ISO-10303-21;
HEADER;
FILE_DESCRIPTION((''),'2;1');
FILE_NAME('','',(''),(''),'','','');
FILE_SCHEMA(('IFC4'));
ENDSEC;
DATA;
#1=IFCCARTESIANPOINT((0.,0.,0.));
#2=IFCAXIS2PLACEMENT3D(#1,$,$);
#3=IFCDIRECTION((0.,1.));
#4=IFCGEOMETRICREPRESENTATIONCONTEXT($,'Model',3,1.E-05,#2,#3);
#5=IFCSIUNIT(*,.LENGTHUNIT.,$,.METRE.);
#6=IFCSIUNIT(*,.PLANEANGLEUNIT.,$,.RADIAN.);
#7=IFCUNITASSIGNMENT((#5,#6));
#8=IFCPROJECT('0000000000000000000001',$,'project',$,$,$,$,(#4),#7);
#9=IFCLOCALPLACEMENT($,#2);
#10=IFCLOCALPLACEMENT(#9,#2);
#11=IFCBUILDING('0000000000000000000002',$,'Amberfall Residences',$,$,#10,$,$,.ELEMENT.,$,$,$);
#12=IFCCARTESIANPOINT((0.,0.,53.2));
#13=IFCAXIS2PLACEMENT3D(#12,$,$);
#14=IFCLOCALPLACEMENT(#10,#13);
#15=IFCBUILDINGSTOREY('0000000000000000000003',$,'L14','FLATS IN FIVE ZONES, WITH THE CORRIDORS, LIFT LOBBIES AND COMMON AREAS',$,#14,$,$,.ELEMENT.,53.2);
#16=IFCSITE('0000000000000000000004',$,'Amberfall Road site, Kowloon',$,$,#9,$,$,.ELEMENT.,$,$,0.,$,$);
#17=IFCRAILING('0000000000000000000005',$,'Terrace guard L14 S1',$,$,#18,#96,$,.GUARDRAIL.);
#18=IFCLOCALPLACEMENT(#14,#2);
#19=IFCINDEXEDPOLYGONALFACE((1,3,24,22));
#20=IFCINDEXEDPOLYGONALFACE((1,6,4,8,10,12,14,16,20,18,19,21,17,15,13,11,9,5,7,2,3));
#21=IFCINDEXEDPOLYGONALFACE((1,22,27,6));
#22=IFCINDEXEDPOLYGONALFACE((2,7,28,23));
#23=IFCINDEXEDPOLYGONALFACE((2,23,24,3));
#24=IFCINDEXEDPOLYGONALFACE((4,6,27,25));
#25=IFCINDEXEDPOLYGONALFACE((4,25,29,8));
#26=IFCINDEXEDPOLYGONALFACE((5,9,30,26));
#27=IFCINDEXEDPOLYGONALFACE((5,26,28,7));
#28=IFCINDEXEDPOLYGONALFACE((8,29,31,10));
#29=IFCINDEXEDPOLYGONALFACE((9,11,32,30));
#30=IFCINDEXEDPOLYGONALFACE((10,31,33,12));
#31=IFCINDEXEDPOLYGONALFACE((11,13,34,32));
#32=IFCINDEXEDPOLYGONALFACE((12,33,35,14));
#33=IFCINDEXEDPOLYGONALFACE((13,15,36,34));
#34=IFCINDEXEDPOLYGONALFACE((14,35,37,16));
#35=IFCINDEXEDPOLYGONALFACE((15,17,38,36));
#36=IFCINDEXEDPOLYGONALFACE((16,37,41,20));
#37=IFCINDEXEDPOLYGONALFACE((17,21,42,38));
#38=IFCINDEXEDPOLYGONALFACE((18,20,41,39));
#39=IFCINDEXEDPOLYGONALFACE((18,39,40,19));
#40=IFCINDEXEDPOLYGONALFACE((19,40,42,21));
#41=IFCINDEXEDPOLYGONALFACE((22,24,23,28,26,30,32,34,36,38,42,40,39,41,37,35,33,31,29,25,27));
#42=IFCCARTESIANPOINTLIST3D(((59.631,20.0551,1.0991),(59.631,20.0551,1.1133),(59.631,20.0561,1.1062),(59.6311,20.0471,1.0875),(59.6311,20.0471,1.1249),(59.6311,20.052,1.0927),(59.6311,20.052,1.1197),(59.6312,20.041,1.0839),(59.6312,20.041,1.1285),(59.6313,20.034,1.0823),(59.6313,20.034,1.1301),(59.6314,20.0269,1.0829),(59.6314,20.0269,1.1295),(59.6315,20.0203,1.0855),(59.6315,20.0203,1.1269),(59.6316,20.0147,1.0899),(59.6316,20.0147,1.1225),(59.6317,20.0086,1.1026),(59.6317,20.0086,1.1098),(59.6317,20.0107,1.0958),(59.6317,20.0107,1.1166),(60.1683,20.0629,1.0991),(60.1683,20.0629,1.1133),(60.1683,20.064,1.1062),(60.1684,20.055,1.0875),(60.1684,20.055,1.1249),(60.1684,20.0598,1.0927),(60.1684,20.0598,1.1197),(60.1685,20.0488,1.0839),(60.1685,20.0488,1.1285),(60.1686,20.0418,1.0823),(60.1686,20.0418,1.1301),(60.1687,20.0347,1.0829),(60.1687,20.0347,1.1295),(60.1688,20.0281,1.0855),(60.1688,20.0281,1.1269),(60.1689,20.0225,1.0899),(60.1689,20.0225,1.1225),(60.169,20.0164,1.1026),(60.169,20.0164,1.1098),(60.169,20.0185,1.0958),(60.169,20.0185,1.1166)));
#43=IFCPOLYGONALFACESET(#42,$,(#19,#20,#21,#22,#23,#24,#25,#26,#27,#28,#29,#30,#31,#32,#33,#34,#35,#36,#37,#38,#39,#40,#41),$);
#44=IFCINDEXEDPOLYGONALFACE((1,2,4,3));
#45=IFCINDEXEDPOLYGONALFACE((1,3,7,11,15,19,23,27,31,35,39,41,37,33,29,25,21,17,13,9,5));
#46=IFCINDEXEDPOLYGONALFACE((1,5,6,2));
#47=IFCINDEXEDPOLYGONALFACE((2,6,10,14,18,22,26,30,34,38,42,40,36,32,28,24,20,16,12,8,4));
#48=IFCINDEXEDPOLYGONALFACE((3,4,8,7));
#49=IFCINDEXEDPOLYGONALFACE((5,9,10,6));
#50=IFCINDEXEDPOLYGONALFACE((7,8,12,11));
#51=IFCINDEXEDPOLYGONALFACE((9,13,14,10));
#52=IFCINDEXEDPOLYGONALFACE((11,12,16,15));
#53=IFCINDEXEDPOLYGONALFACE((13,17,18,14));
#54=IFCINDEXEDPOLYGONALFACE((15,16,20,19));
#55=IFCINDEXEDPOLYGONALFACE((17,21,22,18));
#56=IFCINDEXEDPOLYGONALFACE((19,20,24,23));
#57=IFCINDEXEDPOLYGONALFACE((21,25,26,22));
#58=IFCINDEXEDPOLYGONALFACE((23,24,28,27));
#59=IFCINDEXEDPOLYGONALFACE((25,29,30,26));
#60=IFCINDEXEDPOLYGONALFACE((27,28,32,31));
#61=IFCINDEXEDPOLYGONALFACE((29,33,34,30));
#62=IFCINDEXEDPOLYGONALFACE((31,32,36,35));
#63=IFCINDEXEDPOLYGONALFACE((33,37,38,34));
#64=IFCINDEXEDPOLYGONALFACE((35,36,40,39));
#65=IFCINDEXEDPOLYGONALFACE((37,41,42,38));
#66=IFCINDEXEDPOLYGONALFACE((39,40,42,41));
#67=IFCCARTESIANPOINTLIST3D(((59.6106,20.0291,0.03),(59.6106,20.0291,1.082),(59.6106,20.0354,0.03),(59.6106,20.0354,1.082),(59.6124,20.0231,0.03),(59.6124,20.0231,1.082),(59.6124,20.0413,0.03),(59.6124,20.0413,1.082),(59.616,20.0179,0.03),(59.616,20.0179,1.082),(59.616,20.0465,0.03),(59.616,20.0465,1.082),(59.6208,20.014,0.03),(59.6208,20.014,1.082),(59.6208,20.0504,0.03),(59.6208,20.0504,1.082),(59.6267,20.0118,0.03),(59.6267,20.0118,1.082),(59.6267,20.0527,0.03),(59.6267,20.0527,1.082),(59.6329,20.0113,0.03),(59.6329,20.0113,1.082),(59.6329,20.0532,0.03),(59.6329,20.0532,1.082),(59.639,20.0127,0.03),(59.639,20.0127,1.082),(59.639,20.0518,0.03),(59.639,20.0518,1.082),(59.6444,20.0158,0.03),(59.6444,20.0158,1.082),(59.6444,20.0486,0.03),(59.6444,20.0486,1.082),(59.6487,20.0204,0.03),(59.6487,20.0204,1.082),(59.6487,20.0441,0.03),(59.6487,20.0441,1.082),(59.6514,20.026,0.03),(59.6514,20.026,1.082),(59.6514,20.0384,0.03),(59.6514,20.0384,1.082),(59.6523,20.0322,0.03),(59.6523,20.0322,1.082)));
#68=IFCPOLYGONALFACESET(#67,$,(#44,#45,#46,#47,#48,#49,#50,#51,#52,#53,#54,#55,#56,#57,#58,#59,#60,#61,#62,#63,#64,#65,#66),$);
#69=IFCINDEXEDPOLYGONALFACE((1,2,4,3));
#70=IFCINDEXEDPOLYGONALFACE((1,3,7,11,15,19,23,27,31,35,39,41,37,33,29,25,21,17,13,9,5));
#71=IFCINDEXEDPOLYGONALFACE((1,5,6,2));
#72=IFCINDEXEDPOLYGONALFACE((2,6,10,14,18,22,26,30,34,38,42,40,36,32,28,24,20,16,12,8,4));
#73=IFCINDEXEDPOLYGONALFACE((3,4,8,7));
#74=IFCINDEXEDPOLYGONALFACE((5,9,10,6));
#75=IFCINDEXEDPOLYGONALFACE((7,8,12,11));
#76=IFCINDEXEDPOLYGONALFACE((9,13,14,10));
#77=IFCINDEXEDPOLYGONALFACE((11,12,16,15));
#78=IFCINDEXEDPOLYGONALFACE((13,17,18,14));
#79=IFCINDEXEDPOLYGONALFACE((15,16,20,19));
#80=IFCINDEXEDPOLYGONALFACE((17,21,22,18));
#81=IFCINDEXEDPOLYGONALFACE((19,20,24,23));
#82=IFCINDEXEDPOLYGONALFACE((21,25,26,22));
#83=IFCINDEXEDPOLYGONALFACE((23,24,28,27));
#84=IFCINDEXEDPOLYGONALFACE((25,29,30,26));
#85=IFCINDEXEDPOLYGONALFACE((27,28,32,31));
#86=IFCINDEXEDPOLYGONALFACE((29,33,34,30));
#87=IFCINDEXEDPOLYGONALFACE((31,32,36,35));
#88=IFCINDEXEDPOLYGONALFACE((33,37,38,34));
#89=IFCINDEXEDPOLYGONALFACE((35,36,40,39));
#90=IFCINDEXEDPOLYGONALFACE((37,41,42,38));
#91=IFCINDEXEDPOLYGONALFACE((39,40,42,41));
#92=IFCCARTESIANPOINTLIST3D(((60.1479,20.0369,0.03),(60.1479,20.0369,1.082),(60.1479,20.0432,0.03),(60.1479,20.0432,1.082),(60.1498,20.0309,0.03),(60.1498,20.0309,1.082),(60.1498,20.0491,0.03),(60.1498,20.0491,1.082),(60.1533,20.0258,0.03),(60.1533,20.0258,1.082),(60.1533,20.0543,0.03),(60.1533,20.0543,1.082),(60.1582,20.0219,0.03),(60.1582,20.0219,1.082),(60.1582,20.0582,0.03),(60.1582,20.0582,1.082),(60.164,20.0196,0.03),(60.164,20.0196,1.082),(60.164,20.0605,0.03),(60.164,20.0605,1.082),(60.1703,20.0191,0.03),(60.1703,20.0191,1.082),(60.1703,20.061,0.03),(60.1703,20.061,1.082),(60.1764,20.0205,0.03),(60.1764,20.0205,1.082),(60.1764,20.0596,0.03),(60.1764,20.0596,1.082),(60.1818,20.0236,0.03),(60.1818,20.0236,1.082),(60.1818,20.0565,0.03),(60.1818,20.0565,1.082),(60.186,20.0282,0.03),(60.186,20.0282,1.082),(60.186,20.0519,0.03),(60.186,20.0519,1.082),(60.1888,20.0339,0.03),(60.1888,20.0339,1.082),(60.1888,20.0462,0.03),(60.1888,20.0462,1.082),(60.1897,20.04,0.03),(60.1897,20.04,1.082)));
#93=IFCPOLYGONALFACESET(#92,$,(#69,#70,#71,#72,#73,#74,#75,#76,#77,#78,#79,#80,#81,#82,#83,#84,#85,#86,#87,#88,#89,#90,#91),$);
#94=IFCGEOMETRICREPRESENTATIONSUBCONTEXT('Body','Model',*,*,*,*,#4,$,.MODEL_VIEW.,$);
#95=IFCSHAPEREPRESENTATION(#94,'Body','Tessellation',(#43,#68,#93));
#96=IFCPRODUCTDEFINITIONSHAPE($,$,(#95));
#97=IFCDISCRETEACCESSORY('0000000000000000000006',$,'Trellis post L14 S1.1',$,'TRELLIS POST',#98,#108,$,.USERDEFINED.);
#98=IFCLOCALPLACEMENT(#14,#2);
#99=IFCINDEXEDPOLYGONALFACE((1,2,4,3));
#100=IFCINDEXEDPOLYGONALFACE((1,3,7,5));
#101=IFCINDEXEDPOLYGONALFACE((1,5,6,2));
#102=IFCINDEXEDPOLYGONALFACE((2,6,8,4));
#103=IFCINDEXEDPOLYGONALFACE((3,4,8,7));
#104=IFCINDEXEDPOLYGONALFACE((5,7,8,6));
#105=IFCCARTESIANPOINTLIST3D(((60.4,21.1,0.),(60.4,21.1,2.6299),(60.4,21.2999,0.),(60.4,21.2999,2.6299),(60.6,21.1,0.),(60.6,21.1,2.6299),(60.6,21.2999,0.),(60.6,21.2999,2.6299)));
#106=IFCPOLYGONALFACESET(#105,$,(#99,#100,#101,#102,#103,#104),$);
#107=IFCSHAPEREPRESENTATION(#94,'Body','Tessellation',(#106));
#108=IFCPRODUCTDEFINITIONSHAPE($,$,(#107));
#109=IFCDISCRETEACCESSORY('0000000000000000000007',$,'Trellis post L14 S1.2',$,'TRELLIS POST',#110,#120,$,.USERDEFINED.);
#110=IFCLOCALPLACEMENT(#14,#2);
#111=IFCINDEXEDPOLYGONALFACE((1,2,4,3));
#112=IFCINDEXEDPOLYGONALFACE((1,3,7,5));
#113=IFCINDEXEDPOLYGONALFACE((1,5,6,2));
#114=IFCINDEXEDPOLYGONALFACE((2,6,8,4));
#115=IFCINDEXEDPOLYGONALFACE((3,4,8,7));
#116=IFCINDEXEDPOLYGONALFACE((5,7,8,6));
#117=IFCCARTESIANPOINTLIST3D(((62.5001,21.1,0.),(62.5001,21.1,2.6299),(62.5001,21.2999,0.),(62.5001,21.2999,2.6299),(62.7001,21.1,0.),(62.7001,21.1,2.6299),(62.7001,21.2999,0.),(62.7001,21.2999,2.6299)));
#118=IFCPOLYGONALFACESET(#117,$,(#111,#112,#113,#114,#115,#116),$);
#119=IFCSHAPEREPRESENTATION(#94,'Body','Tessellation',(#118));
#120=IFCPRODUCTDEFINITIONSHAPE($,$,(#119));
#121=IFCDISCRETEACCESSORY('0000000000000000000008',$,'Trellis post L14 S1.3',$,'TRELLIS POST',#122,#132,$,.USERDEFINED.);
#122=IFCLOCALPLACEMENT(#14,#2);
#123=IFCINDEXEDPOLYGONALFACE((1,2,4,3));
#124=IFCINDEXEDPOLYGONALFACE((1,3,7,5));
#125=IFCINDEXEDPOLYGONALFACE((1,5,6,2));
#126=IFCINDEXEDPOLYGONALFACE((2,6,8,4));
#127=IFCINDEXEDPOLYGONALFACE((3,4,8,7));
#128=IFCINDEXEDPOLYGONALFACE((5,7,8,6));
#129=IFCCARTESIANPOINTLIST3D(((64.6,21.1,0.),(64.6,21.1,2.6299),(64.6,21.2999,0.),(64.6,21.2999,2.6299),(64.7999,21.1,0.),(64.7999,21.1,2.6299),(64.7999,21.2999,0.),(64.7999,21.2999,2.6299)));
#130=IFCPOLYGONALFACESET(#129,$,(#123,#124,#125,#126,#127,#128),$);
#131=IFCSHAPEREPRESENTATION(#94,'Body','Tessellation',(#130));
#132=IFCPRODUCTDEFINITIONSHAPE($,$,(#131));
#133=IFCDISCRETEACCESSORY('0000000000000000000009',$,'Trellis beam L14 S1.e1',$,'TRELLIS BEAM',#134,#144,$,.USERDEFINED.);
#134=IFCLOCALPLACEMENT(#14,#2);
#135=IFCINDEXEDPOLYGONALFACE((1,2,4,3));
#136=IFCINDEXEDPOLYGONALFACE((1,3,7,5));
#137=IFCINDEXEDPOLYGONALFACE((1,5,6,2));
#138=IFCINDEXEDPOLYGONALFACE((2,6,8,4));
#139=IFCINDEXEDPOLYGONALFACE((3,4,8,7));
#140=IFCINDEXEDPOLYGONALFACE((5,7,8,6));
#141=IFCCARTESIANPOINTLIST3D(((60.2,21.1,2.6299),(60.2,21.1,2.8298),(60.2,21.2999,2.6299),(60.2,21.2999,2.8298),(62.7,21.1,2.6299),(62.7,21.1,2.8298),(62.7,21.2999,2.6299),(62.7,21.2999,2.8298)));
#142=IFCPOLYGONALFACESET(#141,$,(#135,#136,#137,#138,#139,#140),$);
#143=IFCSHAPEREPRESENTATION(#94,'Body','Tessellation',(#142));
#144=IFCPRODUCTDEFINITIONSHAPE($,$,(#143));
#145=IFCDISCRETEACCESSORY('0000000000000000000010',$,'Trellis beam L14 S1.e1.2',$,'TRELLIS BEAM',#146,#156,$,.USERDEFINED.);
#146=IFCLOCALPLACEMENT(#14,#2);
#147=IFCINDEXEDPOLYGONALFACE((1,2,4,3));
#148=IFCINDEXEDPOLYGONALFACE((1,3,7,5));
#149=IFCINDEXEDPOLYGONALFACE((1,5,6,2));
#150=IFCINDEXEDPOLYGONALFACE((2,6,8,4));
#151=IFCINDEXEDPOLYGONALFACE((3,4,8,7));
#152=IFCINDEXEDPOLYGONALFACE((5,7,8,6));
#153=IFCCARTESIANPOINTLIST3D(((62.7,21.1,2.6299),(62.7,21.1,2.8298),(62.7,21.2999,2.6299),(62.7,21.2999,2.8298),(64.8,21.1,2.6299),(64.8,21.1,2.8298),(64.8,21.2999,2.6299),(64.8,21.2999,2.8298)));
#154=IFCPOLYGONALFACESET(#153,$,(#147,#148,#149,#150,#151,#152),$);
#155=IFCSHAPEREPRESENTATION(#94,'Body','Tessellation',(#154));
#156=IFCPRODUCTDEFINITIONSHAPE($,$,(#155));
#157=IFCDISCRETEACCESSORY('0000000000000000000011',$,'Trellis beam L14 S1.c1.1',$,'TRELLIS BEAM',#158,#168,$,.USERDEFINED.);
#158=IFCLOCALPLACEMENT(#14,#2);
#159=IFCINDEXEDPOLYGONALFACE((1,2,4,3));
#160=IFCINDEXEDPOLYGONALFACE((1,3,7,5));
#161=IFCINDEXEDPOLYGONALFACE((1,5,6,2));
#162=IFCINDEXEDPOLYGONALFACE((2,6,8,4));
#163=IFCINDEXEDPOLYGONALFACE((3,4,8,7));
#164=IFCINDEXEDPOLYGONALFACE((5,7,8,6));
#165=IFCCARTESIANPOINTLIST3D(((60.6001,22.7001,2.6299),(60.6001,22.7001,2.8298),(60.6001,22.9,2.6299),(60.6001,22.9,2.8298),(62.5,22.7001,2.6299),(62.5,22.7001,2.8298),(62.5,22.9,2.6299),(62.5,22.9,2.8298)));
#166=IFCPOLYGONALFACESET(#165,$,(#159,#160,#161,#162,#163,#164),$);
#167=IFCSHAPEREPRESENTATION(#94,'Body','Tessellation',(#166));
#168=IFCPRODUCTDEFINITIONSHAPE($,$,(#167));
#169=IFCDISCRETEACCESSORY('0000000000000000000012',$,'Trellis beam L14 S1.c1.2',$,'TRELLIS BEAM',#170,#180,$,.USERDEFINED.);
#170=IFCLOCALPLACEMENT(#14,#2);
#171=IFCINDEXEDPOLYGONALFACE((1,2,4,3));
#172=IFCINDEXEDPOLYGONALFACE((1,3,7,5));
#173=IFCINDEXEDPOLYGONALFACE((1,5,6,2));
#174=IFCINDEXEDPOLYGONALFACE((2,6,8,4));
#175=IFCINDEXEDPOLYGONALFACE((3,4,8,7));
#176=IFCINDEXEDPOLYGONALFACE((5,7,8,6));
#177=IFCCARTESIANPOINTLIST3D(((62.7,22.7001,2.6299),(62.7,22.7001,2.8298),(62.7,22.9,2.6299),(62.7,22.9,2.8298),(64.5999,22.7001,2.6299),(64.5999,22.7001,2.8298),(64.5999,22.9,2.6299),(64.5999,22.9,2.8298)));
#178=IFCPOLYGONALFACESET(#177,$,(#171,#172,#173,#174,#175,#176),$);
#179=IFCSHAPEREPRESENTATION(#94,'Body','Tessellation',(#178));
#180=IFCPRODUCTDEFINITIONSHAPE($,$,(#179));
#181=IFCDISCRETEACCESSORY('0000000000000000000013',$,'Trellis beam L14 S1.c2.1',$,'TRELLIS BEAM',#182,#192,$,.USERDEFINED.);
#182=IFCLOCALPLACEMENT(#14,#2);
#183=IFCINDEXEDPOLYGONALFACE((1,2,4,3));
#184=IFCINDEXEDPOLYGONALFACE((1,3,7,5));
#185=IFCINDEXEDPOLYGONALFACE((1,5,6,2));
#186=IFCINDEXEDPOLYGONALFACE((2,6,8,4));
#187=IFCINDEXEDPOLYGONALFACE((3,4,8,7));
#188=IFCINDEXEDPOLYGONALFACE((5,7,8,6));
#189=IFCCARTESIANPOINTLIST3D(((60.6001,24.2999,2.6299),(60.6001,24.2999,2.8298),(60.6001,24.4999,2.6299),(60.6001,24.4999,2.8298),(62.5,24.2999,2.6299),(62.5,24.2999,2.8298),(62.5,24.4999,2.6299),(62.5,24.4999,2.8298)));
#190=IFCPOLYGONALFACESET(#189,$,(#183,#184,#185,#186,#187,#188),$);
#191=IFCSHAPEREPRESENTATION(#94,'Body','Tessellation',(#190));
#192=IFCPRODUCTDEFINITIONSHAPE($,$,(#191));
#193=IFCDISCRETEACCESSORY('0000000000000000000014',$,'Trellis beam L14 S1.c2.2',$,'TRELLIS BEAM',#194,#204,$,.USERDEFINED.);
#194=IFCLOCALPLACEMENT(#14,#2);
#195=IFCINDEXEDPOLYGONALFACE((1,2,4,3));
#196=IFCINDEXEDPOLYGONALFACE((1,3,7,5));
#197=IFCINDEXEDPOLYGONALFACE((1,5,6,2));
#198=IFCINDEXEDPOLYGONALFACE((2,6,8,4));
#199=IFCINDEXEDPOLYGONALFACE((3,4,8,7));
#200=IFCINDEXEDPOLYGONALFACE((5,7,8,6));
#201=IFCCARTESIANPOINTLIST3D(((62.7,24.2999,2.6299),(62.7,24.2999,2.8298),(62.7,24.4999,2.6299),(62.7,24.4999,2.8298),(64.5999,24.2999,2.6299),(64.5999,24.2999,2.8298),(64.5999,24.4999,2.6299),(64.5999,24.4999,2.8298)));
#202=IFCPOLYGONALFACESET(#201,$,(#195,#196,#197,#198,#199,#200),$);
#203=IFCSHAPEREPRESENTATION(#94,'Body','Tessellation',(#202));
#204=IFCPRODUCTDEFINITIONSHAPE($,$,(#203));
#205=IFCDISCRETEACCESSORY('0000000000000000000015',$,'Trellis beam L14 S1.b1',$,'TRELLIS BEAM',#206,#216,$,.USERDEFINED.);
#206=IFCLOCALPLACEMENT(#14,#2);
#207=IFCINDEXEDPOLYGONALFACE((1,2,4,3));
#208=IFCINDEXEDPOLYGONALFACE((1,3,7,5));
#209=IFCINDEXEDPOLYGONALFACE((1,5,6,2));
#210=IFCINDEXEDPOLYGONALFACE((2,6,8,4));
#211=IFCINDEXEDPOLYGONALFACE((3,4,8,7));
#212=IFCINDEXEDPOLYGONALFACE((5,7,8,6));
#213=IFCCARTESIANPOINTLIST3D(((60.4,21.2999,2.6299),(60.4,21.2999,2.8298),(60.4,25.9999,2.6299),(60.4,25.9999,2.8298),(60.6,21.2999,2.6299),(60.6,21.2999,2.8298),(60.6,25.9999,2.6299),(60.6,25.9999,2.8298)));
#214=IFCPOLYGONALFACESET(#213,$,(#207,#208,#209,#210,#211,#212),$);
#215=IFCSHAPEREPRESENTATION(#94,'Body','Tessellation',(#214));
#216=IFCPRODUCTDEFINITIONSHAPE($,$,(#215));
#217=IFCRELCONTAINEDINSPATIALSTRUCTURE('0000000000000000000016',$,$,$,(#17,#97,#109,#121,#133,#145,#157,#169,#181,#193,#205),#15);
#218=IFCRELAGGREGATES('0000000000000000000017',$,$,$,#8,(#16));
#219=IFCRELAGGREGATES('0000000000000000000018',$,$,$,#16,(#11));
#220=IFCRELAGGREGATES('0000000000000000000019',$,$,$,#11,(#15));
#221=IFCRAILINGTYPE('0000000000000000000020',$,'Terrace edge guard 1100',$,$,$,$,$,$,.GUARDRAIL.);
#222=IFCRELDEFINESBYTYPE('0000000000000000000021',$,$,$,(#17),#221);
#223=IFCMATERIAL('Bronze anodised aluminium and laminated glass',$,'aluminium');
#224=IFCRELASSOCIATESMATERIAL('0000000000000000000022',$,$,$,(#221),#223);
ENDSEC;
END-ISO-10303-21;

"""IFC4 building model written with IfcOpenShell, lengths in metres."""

from ifc_helpers import new_model, si_unit, direction, frame, origin, origin_2d, place, context, subcontext, project, spatial, rectangle, circle, extrude, material, type_object, element, save


model = new_model("IFC4")

# Units and contexts
model_context = context("Model", 3, precision=1e-05, world=origin(), true_north=direction((0.0, 1.0)))
body_context = subcontext(model_context, "Body", "Model", "MODEL_VIEW")
ifc_project = project(units=[si_unit("LENGTHUNIT", "METRE"), si_unit("PLANEANGLEUNIT", "RADIAN")], contexts=[model_context])

# Site, building, storey
site_placement = place(None, origin())
site = spatial("IfcSite", under=ifc_project, at=site_placement, Name="Amberfall Road site, Kowloon", CompositionType="ELEMENT", RefElevation=0.0)
building_placement = place(site_placement, origin())
building = spatial("IfcBuilding", under=site, at=building_placement, Name="Amberfall Residences", CompositionType="ELEMENT")
storey_placement = place(building_placement, frame((0.0, 0.0, 53.2)))
storey = spatial("IfcBuildingStorey", under=building, at=storey_placement, Name="L14", Description="FLATS IN FIVE ZONES, WITH THE CORRIDORS, LIFT LOBBIES AND COMMON AREAS", CompositionType="ELEMENT", Elevation=53.2)

# Railing
ifc_material_1 = material(Name="Bronze anodised aluminium and laminated glass", Category="aluminium")
railing_type = type_object("IfcRailingType", Name="Terrace edge guard 1100", PredefinedType="GUARDRAIL", material=ifc_material_1)
railing_placement = place(storey_placement, frame((59.6313, 20.0322, 0.03)))
element("IfcRailing", 1, at=railing_placement, inside=storey, type_object=railing_type, Name="Terrace guard L14 S1", PredefinedType="GUARDRAIL", context=body_context, shape_type="SweptSolid", body=[
    extrude(circle(Radius=0.0239, at=origin_2d()), frame((0.0, 0.0, 1.0762), z_axis=(0.999894, 0.014537, 0.0), x_axis=(-0.014537, 0.999894, 0.0)), (0.0, 0.0, 1.0), 0.5374),
    extrude(circle(Radius=0.021, at=origin_2d()), origin(), (0.0, 0.0, 1.0), 1.052),
    extrude(circle(Radius=0.021, at=origin_2d()), frame((0.5374, 0.0078, 0.0)), (0.0, 0.0, 1.0), 1.052),
])

# Discrete accessories
for number, where, z_axis, x_axis, name in (
    (2, (60.5, 21.2, 0.0), (0.0, 0.0, 1.0), (1.0, 0.0, 0.0), "Trellis post L14 S1.1"),
    (3, (62.6001, 21.2, 0.0), (0.0, 0.0, 1.0), (1.0, 0.0, 0.0), "Trellis post L14 S1.2"),
    (4, (64.7, 21.2, 0.0), (0.0, 0.0, 1.0), (1.0, 0.0, 0.0), "Trellis post L14 S1.3"),
):
    element("IfcDiscreteAccessory", number, at=place(storey_placement, frame(where, z_axis=z_axis, x_axis=x_axis)), inside=storey, Name=name, ObjectType="TRELLIS POST", PredefinedType="USERDEFINED", context=body_context, shape_type="SweptSolid", body=[
        extrude(rectangle(XDim=0.2, YDim=0.2, at=origin_2d()), origin(), (0.0, 0.0, 1.0), 2.6299),
    ])
discrete_accessory_1_placement = place(storey_placement, frame((61.45, 21.2, 2.6299), z_axis=(0.0, 0.0, 1.0), x_axis=(1.0, 0.0, 0.0)))
element("IfcDiscreteAccessory", 5, at=discrete_accessory_1_placement, inside=storey, Name="Trellis beam L14 S1.e1", ObjectType="TRELLIS BEAM", PredefinedType="USERDEFINED", context=body_context, shape_type="SweptSolid", body=[
    extrude(rectangle(XDim=2.5, YDim=0.2, at=origin_2d()), origin(), (0.0, 0.0, 1.0), 0.2),
])
discrete_accessory_2_placement = place(storey_placement, frame((63.75, 21.2, 2.6299), z_axis=(0.0, 0.0, 1.0), x_axis=(1.0, 0.0, 0.0)))
element("IfcDiscreteAccessory", 6, at=discrete_accessory_2_placement, inside=storey, Name="Trellis beam L14 S1.e1.2", ObjectType="TRELLIS BEAM", PredefinedType="USERDEFINED", context=body_context, shape_type="SweptSolid", body=[
    extrude(rectangle(XDim=2.1001, YDim=0.2, at=origin_2d()), origin(), (0.0, 0.0, 1.0), 0.2),
])
for number, where, z_axis, x_axis, name in (
    (7, (61.55, 22.8, 2.6299), (0.0, 0.0, 1.0), (1.0, 0.0, 0.0), "Trellis beam L14 S1.c1.1"),
    (8, (63.6499, 22.8, 2.6299), (0.0, 0.0, 1.0), (1.0, 0.0, 0.0), "Trellis beam L14 S1.c1.2"),
    (9, (61.55, 24.3999, 2.6299), (0.0, 0.0, 1.0), (1.0, 0.0, 0.0), "Trellis beam L14 S1.c2.1"),
    (10, (63.6499, 24.3999, 2.6299), (0.0, 0.0, 1.0), (1.0, 0.0, 0.0), "Trellis beam L14 S1.c2.2"),
):
    element("IfcDiscreteAccessory", number, at=place(storey_placement, frame(where, z_axis=z_axis, x_axis=x_axis)), inside=storey, Name=name, ObjectType="TRELLIS BEAM", PredefinedType="USERDEFINED", context=body_context, shape_type="SweptSolid", body=[
        extrude(rectangle(XDim=1.8999, YDim=0.2, at=origin_2d()), origin(), (0.0, 0.0, 1.0), 0.2),
    ])
for number, where, z_axis, x_axis, name in (
    (11, (60.5, 23.6499, 2.6299), (0.0, 0.0, 1.0), (0.0, 1.0, 0.0), "Trellis beam L14 S1.b1"),
):
    element("IfcDiscreteAccessory", number, at=place(storey_placement, frame(where, z_axis=z_axis, x_axis=x_axis)), inside=storey, Name=name, ObjectType="TRELLIS BEAM", PredefinedType="USERDEFINED", context=body_context, shape_type="SweptSolid", body=[
        extrude(rectangle(XDim=4.7, YDim=0.2, at=origin_2d()), origin(), (0.0, 0.0, 1.0), 0.2),
    ])

save(model, "model.ifc")
